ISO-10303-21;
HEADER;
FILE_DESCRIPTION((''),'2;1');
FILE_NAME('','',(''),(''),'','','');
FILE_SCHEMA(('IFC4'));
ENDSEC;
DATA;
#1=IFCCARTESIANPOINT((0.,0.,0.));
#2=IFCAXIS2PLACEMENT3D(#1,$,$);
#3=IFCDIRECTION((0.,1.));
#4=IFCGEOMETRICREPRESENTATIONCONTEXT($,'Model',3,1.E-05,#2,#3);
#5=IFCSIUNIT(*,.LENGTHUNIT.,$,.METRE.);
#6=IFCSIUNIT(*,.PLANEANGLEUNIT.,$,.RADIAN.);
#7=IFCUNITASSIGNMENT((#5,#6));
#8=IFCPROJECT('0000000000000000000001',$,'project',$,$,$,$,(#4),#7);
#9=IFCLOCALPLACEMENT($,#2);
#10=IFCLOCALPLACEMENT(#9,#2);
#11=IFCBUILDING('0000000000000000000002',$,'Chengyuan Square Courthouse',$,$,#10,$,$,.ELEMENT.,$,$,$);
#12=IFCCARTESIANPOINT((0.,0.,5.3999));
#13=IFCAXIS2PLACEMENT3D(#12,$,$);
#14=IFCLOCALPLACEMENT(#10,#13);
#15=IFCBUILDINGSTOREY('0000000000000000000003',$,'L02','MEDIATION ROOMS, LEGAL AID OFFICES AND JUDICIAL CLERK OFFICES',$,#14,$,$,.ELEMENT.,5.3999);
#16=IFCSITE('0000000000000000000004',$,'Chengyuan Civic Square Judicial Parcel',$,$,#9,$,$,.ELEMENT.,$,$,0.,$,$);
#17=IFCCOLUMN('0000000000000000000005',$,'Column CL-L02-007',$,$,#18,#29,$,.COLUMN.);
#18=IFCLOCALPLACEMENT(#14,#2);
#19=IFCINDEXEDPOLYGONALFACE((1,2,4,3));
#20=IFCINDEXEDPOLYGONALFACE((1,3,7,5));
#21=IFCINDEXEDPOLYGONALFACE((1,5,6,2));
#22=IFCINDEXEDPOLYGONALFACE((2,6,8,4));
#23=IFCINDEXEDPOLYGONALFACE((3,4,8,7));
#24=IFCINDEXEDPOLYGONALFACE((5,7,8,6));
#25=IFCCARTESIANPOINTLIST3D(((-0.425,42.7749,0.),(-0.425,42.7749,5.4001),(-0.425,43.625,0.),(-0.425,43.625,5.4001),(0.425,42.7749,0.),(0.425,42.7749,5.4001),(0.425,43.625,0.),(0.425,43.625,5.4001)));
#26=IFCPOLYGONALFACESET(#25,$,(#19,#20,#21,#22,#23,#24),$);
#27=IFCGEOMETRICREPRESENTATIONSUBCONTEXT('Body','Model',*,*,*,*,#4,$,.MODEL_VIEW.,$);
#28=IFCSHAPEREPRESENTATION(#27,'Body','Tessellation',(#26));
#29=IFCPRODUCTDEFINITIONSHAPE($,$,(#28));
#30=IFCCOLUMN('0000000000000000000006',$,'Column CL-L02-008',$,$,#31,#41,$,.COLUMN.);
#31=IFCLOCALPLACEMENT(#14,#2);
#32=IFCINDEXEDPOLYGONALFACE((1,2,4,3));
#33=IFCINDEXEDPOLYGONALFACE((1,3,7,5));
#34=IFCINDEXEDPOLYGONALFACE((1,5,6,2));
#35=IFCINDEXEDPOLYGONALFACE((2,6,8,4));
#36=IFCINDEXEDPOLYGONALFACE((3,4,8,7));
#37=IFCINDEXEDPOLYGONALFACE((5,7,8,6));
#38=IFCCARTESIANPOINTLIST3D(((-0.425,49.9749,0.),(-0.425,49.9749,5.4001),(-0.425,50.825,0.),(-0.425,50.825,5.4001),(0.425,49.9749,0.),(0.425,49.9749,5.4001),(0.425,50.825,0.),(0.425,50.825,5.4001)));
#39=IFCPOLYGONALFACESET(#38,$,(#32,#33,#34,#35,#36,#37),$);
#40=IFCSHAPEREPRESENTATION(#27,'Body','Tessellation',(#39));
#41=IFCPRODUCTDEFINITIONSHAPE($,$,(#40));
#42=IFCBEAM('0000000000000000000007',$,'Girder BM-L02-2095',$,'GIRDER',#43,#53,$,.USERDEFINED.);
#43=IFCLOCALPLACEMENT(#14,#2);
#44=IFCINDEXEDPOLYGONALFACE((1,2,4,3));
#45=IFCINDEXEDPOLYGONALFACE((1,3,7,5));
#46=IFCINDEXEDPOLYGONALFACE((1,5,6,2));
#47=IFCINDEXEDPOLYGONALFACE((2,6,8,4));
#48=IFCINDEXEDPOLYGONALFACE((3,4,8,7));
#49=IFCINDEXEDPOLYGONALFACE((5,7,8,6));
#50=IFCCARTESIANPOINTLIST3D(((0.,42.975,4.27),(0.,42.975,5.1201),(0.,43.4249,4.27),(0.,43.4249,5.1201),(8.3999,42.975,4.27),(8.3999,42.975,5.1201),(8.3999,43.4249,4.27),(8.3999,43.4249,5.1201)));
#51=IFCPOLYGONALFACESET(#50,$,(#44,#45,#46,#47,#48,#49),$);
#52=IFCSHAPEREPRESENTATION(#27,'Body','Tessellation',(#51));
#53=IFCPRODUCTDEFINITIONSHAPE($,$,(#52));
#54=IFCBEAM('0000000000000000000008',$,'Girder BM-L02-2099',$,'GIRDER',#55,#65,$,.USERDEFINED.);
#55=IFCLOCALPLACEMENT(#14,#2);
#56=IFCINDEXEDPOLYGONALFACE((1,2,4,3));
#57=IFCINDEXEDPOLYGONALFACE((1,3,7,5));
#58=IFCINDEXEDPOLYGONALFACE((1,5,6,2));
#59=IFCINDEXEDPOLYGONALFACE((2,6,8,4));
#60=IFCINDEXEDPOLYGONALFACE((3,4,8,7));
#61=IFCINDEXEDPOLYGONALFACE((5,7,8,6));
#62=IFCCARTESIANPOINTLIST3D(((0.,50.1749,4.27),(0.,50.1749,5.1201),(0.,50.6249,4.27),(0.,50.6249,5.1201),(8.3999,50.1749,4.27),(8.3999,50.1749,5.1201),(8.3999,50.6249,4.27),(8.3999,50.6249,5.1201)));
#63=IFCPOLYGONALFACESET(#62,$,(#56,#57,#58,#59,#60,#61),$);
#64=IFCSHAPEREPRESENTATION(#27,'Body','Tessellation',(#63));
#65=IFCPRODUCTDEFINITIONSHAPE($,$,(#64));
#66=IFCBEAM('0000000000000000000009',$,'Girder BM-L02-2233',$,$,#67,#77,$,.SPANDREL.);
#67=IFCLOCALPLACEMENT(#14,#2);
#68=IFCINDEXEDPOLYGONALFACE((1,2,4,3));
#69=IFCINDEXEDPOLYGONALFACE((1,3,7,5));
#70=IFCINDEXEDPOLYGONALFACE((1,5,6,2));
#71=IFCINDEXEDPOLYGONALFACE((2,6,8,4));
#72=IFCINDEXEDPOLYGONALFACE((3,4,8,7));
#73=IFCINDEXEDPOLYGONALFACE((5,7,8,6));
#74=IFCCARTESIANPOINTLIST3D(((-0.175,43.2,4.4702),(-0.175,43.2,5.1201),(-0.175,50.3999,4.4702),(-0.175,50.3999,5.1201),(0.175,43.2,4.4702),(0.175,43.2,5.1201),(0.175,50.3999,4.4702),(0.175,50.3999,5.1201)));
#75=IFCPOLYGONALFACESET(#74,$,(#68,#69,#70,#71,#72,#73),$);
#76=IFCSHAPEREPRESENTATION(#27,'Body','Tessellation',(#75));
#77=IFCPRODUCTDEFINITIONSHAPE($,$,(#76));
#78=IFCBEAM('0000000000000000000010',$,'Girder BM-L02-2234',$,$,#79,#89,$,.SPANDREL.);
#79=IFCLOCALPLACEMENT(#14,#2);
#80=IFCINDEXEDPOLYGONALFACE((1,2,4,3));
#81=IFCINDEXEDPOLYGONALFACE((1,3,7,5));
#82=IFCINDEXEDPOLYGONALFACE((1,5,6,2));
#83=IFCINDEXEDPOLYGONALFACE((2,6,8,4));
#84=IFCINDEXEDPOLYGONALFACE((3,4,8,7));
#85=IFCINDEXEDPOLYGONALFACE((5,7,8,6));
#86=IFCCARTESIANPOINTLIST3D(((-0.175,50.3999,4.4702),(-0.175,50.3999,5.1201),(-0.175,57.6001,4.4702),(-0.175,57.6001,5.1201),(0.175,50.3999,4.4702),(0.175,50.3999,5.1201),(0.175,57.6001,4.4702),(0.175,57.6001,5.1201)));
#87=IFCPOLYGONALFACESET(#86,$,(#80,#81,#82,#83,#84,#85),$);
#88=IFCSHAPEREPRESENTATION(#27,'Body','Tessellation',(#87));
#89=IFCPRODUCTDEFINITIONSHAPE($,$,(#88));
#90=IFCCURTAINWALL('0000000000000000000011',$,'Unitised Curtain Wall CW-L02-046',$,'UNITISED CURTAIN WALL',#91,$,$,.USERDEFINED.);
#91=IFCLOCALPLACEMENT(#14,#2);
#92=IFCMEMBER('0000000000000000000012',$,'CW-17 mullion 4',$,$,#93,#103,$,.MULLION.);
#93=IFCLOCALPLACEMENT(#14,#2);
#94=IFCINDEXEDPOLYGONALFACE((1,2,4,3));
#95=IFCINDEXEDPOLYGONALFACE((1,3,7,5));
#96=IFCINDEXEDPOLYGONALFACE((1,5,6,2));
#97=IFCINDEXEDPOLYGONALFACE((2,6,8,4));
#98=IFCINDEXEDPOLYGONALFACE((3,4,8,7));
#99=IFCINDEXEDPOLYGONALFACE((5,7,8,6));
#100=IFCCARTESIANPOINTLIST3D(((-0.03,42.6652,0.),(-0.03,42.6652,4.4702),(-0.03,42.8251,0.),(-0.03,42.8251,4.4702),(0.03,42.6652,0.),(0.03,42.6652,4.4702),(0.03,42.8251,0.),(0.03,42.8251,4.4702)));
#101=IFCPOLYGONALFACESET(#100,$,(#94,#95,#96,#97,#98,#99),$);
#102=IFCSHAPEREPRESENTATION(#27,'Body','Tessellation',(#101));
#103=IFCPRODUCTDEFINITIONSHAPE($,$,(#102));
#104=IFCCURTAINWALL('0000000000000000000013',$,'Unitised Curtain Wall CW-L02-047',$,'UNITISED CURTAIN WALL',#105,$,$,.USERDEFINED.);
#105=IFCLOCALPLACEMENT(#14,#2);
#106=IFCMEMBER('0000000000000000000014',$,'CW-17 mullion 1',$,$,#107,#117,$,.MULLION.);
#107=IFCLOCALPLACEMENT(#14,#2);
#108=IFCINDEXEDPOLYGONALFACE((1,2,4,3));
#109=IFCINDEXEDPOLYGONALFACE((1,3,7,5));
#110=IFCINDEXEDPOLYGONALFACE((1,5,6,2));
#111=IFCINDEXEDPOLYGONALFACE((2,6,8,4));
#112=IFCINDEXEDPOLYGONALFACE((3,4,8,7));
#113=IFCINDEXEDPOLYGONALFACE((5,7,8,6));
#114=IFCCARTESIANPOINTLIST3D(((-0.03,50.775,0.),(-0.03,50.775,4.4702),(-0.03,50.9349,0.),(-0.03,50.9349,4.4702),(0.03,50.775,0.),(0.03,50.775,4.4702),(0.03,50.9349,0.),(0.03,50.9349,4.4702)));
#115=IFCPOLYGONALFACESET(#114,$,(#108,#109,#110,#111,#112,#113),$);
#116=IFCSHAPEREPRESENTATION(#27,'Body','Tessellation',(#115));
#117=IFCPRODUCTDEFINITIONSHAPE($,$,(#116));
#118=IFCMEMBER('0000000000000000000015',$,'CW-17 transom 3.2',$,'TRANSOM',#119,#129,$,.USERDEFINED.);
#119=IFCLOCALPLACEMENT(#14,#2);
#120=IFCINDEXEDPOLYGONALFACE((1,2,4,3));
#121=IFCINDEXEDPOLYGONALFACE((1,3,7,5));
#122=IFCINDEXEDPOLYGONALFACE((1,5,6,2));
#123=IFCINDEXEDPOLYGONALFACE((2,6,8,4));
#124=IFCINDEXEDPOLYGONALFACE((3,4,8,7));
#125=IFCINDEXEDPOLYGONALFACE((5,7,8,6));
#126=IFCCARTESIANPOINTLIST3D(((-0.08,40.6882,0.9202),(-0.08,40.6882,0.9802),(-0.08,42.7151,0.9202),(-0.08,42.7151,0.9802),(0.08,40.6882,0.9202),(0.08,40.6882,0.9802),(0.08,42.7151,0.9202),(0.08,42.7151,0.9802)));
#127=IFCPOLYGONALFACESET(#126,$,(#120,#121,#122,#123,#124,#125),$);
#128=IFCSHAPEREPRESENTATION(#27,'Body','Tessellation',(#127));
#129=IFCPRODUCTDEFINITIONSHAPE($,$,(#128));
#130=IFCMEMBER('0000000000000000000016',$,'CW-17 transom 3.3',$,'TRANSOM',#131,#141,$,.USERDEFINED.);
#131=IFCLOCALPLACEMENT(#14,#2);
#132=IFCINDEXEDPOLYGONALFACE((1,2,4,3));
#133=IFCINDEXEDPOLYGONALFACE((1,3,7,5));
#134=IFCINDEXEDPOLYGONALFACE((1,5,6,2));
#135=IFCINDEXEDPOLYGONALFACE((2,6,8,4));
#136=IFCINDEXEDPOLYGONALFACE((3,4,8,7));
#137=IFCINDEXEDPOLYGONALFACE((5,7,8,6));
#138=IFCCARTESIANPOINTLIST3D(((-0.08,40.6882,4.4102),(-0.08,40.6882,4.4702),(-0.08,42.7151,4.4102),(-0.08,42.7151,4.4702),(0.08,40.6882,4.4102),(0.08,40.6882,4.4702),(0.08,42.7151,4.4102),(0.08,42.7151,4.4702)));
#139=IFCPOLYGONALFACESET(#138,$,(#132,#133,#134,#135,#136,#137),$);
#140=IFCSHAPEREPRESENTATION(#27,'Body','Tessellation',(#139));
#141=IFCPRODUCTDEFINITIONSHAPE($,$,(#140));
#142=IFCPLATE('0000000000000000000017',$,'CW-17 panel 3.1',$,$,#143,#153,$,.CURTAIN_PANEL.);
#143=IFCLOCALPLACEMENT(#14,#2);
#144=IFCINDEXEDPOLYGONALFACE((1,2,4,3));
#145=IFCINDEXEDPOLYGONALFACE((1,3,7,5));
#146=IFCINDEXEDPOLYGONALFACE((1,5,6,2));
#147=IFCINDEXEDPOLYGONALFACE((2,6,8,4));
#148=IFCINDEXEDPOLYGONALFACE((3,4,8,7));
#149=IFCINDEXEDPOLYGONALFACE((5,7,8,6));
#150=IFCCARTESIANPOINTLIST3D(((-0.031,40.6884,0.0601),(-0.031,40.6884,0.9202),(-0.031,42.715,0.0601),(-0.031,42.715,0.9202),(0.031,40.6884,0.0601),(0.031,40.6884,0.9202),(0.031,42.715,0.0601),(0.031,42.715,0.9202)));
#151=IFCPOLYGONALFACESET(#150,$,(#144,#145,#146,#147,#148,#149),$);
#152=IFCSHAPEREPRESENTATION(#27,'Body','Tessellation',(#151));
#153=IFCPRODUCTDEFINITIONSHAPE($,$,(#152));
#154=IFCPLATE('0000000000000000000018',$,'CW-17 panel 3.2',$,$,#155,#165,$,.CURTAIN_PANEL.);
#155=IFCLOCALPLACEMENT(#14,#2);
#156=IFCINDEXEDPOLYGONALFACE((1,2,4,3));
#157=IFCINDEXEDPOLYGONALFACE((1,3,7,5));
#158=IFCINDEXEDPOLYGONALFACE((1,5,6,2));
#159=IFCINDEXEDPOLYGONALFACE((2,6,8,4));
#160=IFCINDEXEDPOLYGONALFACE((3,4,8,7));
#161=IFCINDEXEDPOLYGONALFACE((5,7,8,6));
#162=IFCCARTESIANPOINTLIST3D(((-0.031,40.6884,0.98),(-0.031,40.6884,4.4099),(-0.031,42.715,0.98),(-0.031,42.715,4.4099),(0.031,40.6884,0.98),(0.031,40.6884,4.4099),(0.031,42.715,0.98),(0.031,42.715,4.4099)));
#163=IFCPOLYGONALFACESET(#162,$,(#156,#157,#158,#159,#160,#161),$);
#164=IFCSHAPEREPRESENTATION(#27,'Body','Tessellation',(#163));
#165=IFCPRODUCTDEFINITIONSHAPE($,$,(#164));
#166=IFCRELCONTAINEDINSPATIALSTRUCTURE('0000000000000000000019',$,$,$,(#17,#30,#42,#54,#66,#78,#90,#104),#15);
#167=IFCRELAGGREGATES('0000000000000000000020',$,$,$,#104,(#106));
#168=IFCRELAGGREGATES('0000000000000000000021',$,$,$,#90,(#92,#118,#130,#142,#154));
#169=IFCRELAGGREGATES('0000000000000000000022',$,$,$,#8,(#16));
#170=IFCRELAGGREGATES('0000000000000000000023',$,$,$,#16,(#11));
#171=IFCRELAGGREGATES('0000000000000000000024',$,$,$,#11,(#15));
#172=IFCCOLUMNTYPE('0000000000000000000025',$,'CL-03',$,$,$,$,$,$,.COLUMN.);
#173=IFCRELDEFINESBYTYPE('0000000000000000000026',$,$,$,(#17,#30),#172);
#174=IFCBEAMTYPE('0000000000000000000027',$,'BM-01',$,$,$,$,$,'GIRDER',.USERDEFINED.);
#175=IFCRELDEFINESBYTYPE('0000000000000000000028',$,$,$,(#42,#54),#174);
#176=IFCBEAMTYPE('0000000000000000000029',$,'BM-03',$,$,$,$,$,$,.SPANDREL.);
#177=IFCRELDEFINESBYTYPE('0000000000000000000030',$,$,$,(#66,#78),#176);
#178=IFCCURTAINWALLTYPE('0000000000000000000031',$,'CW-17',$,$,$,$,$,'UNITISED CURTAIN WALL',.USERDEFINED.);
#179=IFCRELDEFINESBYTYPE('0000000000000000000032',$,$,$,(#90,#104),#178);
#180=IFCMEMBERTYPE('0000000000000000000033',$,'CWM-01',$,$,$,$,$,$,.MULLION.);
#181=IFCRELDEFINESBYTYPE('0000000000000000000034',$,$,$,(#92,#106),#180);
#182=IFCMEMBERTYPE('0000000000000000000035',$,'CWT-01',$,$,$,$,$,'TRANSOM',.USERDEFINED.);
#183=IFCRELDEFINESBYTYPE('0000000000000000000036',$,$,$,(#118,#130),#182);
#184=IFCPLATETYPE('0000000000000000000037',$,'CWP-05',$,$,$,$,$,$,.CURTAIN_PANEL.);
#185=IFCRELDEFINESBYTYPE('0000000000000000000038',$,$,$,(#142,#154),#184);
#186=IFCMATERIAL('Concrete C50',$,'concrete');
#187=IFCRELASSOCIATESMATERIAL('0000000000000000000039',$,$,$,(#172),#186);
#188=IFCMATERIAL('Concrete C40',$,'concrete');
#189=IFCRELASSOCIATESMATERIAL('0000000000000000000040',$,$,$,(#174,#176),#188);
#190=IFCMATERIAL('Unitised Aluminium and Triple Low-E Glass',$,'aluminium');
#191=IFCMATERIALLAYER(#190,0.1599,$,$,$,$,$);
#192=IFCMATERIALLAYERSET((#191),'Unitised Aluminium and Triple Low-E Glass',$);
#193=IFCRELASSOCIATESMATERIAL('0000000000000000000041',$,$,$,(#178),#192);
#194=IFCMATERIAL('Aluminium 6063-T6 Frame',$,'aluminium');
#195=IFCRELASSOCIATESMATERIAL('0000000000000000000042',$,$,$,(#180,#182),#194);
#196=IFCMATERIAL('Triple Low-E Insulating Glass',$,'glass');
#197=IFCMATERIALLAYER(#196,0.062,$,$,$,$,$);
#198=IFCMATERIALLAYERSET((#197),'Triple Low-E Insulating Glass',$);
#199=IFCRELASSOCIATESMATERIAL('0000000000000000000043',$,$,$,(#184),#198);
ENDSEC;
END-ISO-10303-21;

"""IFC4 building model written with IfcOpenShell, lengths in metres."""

from ifc_helpers import new_model, si_unit, direction, frame, origin, origin_2d, place, context, subcontext, project, spatial, rectangle, extrude, material, layer, layer_set, material_profile, profile_set, type_object, element, aggregate, save


model = new_model("IFC4")

# Units and contexts
model_context = context("Model", 3, precision=1e-05, world=origin(), true_north=direction((0.0, 1.0)))
body_context = subcontext(model_context, "Body", "Model", "MODEL_VIEW")
ifc_project = project(units=[si_unit("LENGTHUNIT", "METRE"), si_unit("PLANEANGLEUNIT", "RADIAN")], contexts=[model_context])

# Site, building, storey
site_placement = place(None, origin())
site = spatial("IfcSite", under=ifc_project, at=site_placement, Name="Chengyuan Civic Square Judicial Parcel", CompositionType="ELEMENT", RefElevation=0.0)
building_placement = place(site_placement, origin())
building = spatial("IfcBuilding", under=site, at=building_placement, Name="Chengyuan Square Courthouse", CompositionType="ELEMENT")
storey_placement = place(building_placement, frame((0.0, 0.0, 5.3999)))
storey = spatial("IfcBuildingStorey", under=building, at=storey_placement, Name="L02", Description="MEDIATION ROOMS, LEGAL AID OFFICES AND JUDICIAL CLERK OFFICES", CompositionType="ELEMENT", Elevation=5.3999)

# Columns
ifc_material_1 = material(Name="Concrete C50", Category="concrete")
ifc_material_profile_1 = material_profile(ifc_material_1, rectangle(XDim=0.8501, YDim=0.8501, at=origin_2d()), Name="RC-COL-850x850")
ifc_profile_set_1 = profile_set([ifc_material_profile_1], Name="Concrete C50")
column_type = type_object("IfcColumnType", Name="CL-03", PredefinedType="COLUMN", material=ifc_profile_set_1)
for number, where, z_axis, x_axis, name in (
    (1, (0.0, 43.2, 0.0), (0.0, 0.0, 1.0), (1.0, 0.0, 0.0), "Column CL-L02-007"),
    (2, (0.0, 50.3999, 0.0), (0.0, 0.0, 1.0), (1.0, 0.0, 0.0), "Column CL-L02-008"),
):
    element("IfcColumn", number, at=place(storey_placement, frame(where, z_axis=z_axis, x_axis=x_axis)), inside=storey, type_object=column_type, Name=name, PredefinedType="COLUMN", context=body_context, shape_type="SweptSolid", body=[
        extrude(rectangle(XDim=0.8501, YDim=0.8501, at=origin_2d()), origin(), (0.0, 0.0, 1.0), 5.4001),
    ])

# Beams
ifc_material_2 = material(Name="Concrete C40", Category="concrete")
ifc_material_profile_2 = material_profile(ifc_material_2, rectangle(XDim=0.45, YDim=0.8501, at=origin_2d()), Name="RC-BM-450x850")
ifc_profile_set_2 = profile_set([ifc_material_profile_2], Name="Concrete C40")
beam_type_1 = type_object("IfcBeamType", Name="BM-01", ElementType="GIRDER", PredefinedType="USERDEFINED", material=ifc_profile_set_2)
for number, where, z_axis, x_axis, name in (
    (3, (0.0, 43.2, 4.6951), (1.0, 0.0, 0.0), (0.0, 1.0, 0.0), "Girder BM-L02-2095"),
    (4, (0.0, 50.3999, 4.6951), (1.0, 0.0, 0.0), (0.0, 1.0, 0.0), "Girder BM-L02-2099"),
):
    element("IfcBeam", number, at=place(storey_placement, frame(where, z_axis=z_axis, x_axis=x_axis)), inside=storey, type_object=beam_type_1, Name=name, ObjectType="GIRDER", PredefinedType="USERDEFINED", context=body_context, shape_type="SweptSolid", body=[
        extrude(rectangle(XDim=0.45, YDim=0.8501, at=origin_2d()), origin(), (0.0, 0.0, 1.0), 8.3999),
    ])
ifc_material_profile_3 = material_profile(ifc_material_2, rectangle(XDim=0.3501, YDim=0.6499, at=origin_2d()), Name="RC-BM-350x650")
ifc_profile_set_3 = profile_set([ifc_material_profile_3], Name="Concrete C40")
beam_type_2 = type_object("IfcBeamType", Name="BM-03", PredefinedType="SPANDREL", material=ifc_profile_set_3)
beam_1_placement = place(storey_placement, frame((0.0, 43.2, 4.7952), z_axis=(0.0, 1.0, 0.0), x_axis=(-1.0, 0.0, 0.0)))
element("IfcBeam", 5, at=beam_1_placement, inside=storey, type_object=beam_type_2, Name="Girder BM-L02-2233", PredefinedType="SPANDREL", context=body_context, shape_type="SweptSolid", body=[
    extrude(rectangle(XDim=0.3501, YDim=0.6499, at=origin_2d()), origin(), (0.0, 0.0, 1.0), 7.2),
])
beam_2_placement = place(storey_placement, frame((0.0, 50.3999, 4.7952), z_axis=(0.0, 1.0, 0.0), x_axis=(-1.0, 0.0, 0.0)))
element("IfcBeam", 6, at=beam_2_placement, inside=storey, type_object=beam_type_2, Name="Girder BM-L02-2234", PredefinedType="SPANDREL", context=body_context, shape_type="SweptSolid", body=[
    extrude(rectangle(XDim=0.3501, YDim=0.6499, at=origin_2d()), origin(), (0.0, 0.0, 1.0), 7.2002),
])

# Curtain walls, members
ifc_material_3 = material(Name="Unitised Aluminium and Triple Low-E Glass", Category="aluminium")
ifc_layer_1 = layer(ifc_material_3, 0.1599)
ifc_layer_set_1 = layer_set([ifc_layer_1], Name="Unitised Aluminium and Triple Low-E Glass")
curtain_wall_type = type_object("IfcCurtainWallType", Name="CW-17", ElementType="UNITISED CURTAIN WALL", PredefinedType="USERDEFINED", material=ifc_layer_set_1)
curtain_wall_1_placement = place(storey_placement, origin())
curtain_wall_1 = element("IfcCurtainWall", 7, at=curtain_wall_1_placement, inside=storey, type_object=curtain_wall_type, Name="Unitised Curtain Wall CW-L02-046", ObjectType="UNITISED CURTAIN WALL", PredefinedType="USERDEFINED")
ifc_material_4 = material(Name="Aluminium 6063-T6 Frame", Category="aluminium")
ifc_material_profile_4 = material_profile(ifc_material_4, rectangle(XDim=0.0601, YDim=0.1599, at=origin_2d()), Name="CW-MUL-60x160")
ifc_profile_set_4 = profile_set([ifc_material_profile_4], Name="Aluminium 6063-T6 Frame")
member_type_1 = type_object("IfcMemberType", Name="CWM-01", PredefinedType="MULLION", material=ifc_profile_set_4)
member_1_placement = place(storey_placement, frame((0.0, 42.7451, 0.0), z_axis=(0.0, 0.0, 1.0), x_axis=(-1.0, 0.0, 0.0)))
member_1 = element("IfcMember", 8, at=member_1_placement, type_object=member_type_1, Name="CW-17 mullion 4", PredefinedType="MULLION", context=body_context, shape_type="SweptSolid", body=[
    extrude(rectangle(XDim=0.0601, YDim=0.1599, at=origin_2d()), origin(), (0.0, 0.0, 1.0), 4.4702),
])
curtain_wall_2_placement = place(storey_placement, origin())
curtain_wall_2 = element("IfcCurtainWall", 9, at=curtain_wall_2_placement, inside=storey, type_object=curtain_wall_type, Name="Unitised Curtain Wall CW-L02-047", ObjectType="UNITISED CURTAIN WALL", PredefinedType="USERDEFINED")
member_2_placement = place(storey_placement, frame((0.0, 50.855, 0.0), z_axis=(0.0, 0.0, 1.0), x_axis=(-1.0, 0.0, 0.0)))
member_2 = element("IfcMember", 10, at=member_2_placement, type_object=member_type_1, Name="CW-17 mullion 1", PredefinedType="MULLION", context=body_context, shape_type="SweptSolid", body=[
    extrude(rectangle(XDim=0.0601, YDim=0.1599, at=origin_2d()), origin(), (0.0, 0.0, 1.0), 4.4702),
])
aggregate(curtain_wall_2, [member_2])

# Members
ifc_material_profile_5 = material_profile(ifc_material_4, rectangle(XDim=0.1599, YDim=0.0601, at=origin_2d()), Name="CW-TRN-60x120")
ifc_profile_set_5 = profile_set([ifc_material_profile_5], Name="Aluminium 6063-T6 Frame")
member_type_2 = type_object("IfcMemberType", Name="CWT-01", ElementType="TRANSOM", PredefinedType="USERDEFINED", material=ifc_profile_set_5)
member_3_placement = place(storey_placement, frame((0.0, 40.6882, 0.9502), z_axis=(0.0, 1.0, 0.0), x_axis=(-1.0, 0.0, 0.0)))
member_3 = element("IfcMember", 11, at=member_3_placement, type_object=member_type_2, Name="CW-17 transom 3.2", ObjectType="TRANSOM", PredefinedType="USERDEFINED", context=body_context, shape_type="SweptSolid", body=[
    extrude(rectangle(XDim=0.1599, YDim=0.0601, at=origin_2d()), origin(), (0.0, 0.0, 1.0), 2.0269),
])
member_4_placement = place(storey_placement, frame((0.0, 40.6882, 4.4402), z_axis=(0.0, 1.0, 0.0), x_axis=(-1.0, 0.0, 0.0)))
member_4 = element("IfcMember", 12, at=member_4_placement, type_object=member_type_2, Name="CW-17 transom 3.3", ObjectType="TRANSOM", PredefinedType="USERDEFINED", context=body_context, shape_type="SweptSolid", body=[
    extrude(rectangle(XDim=0.1599, YDim=0.0601, at=origin_2d()), origin(), (0.0, 0.0, 1.0), 2.0269),
])

# Plates
ifc_material_5 = material(Name="Triple Low-E Insulating Glass", Category="glass")
ifc_layer_2 = layer(ifc_material_5, 0.062)
ifc_layer_set_2 = layer_set([ifc_layer_2], Name="Triple Low-E Insulating Glass")
plate_type = type_object("IfcPlateType", Name="CWP-05", PredefinedType="CURTAIN_PANEL", material=ifc_layer_set_2)
plate_1_placement = place(storey_placement, frame((0.0, 41.7017, 0.0601), z_axis=(0.0, 0.0, 1.0), x_axis=(0.0, 1.0, 0.0)))
plate_1 = element("IfcPlate", 13, at=plate_1_placement, type_object=plate_type, Name="CW-17 panel 3.1", PredefinedType="CURTAIN_PANEL", context=body_context, shape_type="SweptSolid", body=[
    extrude(rectangle(XDim=2.0266, YDim=0.062, at=origin_2d()), origin(), (0.0, 0.0, 1.0), 0.8601),
])
plate_2_placement = place(storey_placement, frame((0.0, 41.7017, 0.98), z_axis=(0.0, 0.0, 1.0), x_axis=(0.0, 1.0, 0.0)))
plate_2 = element("IfcPlate", 14, at=plate_2_placement, type_object=plate_type, Name="CW-17 panel 3.2", PredefinedType="CURTAIN_PANEL", context=body_context, shape_type="SweptSolid", body=[
    extrude(rectangle(XDim=2.0266, YDim=0.062, at=origin_2d()), origin(), (0.0, 0.0, 1.0), 3.4299),
])
aggregate(curtain_wall_1, [member_1, member_3, member_4, plate_1, plate_2])

save(model, "model.ifc")
